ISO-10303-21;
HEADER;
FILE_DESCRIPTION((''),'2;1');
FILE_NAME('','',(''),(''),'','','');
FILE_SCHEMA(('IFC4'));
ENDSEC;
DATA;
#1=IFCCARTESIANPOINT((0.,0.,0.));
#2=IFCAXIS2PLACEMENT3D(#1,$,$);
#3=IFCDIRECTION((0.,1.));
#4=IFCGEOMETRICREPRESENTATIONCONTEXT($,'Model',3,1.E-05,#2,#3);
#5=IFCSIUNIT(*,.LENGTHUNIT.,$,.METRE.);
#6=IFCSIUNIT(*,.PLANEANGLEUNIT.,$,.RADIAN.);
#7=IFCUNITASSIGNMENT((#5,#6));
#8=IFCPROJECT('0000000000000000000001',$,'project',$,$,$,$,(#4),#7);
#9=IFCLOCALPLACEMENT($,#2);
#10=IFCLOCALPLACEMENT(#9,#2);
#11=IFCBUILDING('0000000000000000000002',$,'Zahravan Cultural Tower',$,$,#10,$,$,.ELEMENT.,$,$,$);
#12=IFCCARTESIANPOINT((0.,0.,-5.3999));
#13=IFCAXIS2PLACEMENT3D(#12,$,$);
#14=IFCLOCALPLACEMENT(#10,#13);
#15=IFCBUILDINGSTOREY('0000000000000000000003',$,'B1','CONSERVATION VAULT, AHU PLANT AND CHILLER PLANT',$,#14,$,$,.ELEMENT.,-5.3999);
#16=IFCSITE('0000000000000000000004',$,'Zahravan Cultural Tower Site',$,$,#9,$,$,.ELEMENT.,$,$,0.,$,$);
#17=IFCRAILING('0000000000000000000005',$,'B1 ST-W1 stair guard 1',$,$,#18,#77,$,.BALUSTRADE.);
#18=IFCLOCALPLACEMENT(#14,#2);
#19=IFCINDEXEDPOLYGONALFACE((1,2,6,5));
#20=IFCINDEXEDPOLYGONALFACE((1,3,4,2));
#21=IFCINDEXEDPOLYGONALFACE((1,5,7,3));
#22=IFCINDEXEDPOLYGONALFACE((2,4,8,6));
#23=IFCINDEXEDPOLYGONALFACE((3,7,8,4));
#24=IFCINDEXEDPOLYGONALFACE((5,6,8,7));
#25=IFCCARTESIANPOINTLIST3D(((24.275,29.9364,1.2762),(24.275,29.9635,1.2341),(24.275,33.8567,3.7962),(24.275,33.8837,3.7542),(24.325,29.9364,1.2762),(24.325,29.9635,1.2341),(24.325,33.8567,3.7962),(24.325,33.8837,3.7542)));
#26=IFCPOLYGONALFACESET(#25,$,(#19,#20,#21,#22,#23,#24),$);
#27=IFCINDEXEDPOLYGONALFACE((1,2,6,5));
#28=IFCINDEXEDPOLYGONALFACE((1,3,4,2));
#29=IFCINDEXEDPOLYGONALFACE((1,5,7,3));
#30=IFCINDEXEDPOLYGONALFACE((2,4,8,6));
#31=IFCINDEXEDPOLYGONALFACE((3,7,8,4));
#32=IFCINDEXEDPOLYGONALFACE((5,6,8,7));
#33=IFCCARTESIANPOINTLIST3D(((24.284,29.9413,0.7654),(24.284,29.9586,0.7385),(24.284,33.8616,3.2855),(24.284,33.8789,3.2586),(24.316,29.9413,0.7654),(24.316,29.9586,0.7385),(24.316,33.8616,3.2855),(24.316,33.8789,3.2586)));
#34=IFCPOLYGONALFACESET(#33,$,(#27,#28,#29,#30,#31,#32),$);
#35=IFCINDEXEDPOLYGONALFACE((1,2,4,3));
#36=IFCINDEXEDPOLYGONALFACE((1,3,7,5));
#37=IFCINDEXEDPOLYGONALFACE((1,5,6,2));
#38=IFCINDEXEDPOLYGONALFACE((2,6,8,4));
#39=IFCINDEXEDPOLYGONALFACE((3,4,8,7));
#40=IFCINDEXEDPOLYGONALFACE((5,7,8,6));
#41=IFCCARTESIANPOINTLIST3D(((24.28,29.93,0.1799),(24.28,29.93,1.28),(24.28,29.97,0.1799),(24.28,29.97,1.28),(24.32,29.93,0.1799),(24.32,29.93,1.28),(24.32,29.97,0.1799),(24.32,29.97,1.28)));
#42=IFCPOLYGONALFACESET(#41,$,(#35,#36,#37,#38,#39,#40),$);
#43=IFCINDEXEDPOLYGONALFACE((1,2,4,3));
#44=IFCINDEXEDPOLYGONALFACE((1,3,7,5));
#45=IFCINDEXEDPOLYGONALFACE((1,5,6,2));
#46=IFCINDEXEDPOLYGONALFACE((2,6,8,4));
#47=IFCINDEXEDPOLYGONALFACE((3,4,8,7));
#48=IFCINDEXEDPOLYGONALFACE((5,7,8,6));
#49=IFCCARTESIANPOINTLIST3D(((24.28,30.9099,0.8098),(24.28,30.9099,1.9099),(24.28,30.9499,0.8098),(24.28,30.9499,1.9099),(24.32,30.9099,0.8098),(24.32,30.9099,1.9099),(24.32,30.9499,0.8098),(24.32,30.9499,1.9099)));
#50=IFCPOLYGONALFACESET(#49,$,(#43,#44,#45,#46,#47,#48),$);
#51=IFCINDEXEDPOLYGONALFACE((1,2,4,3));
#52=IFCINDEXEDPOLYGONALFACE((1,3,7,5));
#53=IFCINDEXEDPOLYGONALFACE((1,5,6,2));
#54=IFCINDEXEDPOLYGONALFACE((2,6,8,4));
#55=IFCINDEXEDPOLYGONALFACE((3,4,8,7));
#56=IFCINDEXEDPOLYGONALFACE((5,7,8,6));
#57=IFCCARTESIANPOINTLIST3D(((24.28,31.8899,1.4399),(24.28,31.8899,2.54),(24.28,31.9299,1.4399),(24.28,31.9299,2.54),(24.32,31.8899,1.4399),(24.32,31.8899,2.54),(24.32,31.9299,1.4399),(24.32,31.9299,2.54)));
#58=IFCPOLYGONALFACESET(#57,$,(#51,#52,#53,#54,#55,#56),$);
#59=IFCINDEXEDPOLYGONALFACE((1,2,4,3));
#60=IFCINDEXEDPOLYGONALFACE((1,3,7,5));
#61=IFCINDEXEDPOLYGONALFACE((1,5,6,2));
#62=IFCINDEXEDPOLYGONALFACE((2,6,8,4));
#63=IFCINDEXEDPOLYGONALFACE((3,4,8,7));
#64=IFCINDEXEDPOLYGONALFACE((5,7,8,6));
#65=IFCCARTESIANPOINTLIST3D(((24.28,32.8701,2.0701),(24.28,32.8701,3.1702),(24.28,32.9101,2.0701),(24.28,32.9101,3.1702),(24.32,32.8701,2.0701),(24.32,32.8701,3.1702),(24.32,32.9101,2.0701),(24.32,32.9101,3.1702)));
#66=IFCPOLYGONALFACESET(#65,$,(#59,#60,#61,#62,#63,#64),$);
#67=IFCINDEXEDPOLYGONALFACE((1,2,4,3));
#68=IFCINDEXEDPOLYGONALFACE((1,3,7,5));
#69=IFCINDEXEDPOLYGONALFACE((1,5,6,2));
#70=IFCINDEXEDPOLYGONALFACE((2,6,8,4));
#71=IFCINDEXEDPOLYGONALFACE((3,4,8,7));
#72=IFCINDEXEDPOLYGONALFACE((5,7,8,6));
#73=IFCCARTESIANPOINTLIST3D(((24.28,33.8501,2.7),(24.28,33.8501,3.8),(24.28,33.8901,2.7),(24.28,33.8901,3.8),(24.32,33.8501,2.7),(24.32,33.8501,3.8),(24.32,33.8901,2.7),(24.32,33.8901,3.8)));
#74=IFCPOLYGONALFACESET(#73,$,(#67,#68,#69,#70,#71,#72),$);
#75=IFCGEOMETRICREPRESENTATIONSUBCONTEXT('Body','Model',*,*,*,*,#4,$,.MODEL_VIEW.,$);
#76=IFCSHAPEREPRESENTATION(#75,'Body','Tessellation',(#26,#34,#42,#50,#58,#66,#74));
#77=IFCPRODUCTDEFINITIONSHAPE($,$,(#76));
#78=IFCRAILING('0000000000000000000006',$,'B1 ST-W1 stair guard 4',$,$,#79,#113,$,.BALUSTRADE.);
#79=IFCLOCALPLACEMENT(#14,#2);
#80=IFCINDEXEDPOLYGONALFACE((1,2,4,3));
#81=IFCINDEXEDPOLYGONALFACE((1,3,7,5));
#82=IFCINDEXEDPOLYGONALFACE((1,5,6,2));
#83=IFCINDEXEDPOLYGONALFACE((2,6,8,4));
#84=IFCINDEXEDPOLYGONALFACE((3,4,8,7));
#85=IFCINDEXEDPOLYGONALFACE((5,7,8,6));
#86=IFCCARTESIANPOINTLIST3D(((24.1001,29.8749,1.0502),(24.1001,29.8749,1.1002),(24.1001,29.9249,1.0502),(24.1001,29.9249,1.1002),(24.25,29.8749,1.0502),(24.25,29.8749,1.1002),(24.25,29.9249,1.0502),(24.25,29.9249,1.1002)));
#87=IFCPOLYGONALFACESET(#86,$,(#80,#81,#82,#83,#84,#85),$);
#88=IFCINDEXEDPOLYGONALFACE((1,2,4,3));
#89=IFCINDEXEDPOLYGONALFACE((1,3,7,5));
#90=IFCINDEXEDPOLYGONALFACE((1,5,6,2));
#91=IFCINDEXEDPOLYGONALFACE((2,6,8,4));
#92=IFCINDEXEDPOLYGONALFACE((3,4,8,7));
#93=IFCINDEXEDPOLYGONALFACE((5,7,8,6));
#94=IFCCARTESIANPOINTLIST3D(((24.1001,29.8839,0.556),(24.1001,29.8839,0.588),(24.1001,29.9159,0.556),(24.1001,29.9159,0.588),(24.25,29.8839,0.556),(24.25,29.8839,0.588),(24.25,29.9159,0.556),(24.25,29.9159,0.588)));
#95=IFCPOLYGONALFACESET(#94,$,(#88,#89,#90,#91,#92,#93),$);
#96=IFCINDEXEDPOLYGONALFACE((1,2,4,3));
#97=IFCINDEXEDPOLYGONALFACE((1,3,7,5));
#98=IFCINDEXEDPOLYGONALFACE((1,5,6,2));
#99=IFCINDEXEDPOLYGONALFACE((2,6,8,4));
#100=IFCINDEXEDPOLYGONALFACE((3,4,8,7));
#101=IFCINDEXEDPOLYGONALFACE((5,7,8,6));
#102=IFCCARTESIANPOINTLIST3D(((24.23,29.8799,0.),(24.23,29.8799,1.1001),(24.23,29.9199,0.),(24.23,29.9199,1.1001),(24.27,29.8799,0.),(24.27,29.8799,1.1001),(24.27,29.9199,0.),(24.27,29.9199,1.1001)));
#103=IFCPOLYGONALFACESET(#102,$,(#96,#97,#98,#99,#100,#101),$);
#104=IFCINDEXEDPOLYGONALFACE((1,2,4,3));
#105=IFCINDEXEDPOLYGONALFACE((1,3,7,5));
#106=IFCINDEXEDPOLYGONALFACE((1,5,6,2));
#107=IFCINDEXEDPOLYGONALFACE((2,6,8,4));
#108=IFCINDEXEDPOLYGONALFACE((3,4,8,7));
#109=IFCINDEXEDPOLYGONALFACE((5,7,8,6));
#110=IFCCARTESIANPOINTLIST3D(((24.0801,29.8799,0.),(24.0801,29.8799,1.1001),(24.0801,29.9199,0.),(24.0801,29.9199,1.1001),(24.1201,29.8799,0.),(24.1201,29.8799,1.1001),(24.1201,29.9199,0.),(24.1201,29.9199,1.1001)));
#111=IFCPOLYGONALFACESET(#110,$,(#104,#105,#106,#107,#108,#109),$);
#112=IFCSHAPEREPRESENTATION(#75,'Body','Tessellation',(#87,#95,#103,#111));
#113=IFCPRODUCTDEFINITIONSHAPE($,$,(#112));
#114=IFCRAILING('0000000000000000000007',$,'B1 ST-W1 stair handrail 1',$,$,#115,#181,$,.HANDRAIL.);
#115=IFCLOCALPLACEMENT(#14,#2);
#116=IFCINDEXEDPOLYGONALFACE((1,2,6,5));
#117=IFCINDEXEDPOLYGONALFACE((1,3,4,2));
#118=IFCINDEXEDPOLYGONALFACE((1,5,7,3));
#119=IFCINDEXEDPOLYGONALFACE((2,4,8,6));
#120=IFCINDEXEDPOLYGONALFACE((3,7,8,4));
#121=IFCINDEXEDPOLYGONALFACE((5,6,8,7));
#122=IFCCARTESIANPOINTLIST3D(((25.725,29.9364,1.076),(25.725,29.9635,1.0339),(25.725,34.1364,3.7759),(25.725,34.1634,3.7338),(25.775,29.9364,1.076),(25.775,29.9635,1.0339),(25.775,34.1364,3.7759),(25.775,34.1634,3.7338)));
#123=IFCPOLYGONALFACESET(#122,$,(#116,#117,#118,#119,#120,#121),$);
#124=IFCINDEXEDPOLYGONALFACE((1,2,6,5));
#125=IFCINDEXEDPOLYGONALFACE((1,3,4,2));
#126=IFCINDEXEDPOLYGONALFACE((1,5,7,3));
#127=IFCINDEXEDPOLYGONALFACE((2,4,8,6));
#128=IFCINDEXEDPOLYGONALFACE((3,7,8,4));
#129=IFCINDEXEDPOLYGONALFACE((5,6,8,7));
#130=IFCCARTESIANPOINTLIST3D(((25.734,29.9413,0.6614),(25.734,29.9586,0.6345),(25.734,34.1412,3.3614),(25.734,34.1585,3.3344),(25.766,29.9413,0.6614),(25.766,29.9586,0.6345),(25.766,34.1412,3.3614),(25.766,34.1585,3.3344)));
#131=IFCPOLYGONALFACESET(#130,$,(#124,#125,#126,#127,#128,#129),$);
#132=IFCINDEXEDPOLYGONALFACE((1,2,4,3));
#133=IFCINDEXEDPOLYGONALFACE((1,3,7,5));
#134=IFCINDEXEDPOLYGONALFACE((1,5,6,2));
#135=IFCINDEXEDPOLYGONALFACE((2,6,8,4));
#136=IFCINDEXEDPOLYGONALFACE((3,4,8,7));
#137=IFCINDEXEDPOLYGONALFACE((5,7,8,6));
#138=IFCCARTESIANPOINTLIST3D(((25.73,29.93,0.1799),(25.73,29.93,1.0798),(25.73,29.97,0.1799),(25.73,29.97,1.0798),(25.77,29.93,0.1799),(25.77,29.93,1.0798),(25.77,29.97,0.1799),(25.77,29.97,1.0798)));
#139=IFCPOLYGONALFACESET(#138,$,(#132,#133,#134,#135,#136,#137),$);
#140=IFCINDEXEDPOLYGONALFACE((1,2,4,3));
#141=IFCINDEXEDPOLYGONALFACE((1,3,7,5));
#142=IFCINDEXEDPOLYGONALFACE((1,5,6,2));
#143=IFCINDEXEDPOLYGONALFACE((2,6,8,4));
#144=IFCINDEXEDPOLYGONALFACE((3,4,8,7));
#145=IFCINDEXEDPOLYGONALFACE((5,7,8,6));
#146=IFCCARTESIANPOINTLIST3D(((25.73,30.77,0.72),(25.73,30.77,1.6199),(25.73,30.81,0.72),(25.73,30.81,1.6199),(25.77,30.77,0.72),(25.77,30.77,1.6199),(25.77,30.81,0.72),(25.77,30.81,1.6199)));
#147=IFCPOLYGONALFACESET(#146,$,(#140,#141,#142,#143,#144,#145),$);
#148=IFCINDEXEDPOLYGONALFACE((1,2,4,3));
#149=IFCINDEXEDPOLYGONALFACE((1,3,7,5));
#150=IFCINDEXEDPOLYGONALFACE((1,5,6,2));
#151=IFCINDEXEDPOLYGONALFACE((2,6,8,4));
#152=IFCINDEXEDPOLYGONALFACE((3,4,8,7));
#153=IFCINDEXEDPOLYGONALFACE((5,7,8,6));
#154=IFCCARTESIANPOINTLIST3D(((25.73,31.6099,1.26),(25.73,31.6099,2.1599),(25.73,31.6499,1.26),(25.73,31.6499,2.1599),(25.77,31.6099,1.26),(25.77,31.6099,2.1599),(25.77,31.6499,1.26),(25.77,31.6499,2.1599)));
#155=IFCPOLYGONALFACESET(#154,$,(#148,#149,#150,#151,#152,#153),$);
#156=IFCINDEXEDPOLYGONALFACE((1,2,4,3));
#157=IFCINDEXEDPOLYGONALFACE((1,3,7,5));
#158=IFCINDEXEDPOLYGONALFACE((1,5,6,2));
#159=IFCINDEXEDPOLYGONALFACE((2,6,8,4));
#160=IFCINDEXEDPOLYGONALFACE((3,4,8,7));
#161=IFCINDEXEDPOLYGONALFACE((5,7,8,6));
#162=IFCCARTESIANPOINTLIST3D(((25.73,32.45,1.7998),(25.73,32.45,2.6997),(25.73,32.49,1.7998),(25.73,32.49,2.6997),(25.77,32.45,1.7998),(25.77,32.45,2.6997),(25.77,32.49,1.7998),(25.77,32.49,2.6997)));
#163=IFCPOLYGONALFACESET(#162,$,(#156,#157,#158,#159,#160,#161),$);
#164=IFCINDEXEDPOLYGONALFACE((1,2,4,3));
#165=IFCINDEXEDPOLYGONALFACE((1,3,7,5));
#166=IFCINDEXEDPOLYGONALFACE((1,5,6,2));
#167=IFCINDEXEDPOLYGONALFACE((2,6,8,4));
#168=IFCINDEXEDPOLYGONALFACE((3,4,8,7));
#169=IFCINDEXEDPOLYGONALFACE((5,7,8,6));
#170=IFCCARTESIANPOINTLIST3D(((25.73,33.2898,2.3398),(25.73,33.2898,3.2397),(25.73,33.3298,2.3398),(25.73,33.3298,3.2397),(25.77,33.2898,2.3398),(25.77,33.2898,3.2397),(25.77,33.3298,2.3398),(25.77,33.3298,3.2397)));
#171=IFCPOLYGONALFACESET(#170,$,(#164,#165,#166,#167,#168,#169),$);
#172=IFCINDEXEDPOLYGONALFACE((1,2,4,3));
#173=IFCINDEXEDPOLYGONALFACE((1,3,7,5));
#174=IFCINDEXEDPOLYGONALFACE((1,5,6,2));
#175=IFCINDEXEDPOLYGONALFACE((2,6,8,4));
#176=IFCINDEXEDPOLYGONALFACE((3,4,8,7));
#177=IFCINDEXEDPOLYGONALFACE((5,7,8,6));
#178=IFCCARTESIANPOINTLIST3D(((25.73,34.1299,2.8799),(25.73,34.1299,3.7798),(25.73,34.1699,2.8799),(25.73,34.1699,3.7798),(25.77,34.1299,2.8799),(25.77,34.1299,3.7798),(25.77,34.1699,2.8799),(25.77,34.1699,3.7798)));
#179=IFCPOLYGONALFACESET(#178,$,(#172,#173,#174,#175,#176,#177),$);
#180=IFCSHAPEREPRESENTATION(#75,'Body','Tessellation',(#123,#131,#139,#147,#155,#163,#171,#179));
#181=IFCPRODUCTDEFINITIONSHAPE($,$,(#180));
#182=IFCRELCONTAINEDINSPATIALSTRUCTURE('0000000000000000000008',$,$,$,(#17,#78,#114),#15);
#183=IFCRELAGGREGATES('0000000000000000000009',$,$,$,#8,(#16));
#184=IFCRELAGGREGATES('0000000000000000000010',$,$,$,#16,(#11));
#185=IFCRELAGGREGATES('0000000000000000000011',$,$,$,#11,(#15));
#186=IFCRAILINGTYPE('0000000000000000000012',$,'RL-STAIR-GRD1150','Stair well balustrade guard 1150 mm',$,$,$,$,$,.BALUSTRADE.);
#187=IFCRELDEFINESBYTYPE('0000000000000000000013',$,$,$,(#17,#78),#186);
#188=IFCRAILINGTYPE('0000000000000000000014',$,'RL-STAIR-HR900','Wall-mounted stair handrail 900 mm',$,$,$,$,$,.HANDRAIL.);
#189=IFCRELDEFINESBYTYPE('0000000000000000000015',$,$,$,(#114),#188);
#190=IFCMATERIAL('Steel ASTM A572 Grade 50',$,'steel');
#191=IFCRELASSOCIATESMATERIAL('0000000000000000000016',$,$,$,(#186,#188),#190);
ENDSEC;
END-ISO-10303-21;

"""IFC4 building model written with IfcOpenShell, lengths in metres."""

from ifc_helpers import new_model, si_unit, direction, frame, origin, origin_2d, place, context, subcontext, project, spatial, rectangle, extrude, material, type_object, element, save


model = new_model("IFC4")

# Units and contexts
model_context = context("Model", 3, precision=1e-05, world=origin(), true_north=direction((0.0, 1.0)))
body_context = subcontext(model_context, "Body", "Model", "MODEL_VIEW")
ifc_project = project(units=[si_unit("LENGTHUNIT", "METRE"), si_unit("PLANEANGLEUNIT", "RADIAN")], contexts=[model_context])

# Site, building, storey
site_placement = place(None, origin())
site = spatial("IfcSite", under=ifc_project, at=site_placement, Name="Zahravan Cultural Tower Site", CompositionType="ELEMENT", RefElevation=0.0)
building_placement = place(site_placement, origin())
building = spatial("IfcBuilding", under=site, at=building_placement, Name="Zahravan Cultural Tower", CompositionType="ELEMENT")
storey_placement = place(building_placement, frame((0.0, 0.0, -5.3999)))
storey = spatial("IfcBuildingStorey", under=building, at=storey_placement, Name="B1", Description="CONSERVATION VAULT, AHU PLANT AND CHILLER PLANT", CompositionType="ELEMENT", Elevation=-5.3999)

# Shared definitions
ifc_material_1 = material(Name="Steel ASTM A572 Grade 50", Category="steel")

# Railings
railing_type_1 = type_object("IfcRailingType", Name="RL-STAIR-GRD1150", Description="Stair well balustrade guard 1150 mm", PredefinedType="BALUSTRADE", material=ifc_material_1)
railing_1_placement = place(storey_placement, frame((24.3, 29.95, 0.1799)))
element("IfcRailing", 1, at=railing_1_placement, inside=storey, type_object=railing_type_1, Name="B1 ST-W1 stair guard 1", PredefinedType="BALUSTRADE", context=body_context, shape_type="SweptSolid", body=[
    extrude(rectangle(XDim=0.05, YDim=0.05, at=origin_2d()), frame((0.0, 0.0, 1.0752), z_axis=(0.0, 0.841187, 0.540744), x_axis=(-1.0, 0.0, 0.0)), (0.0, 0.0, 1.0), 4.6604),
    extrude(rectangle(XDim=0.032, YDim=0.032, at=origin_2d()), frame((0.0, 0.0, 0.572), z_axis=(0.0, 0.841187, 0.540744), x_axis=(-1.0, 0.0, 0.0)), (0.0, 0.0, 1.0), 4.6604),
    extrude(rectangle(XDim=0.04, YDim=0.04, at=origin_2d()), origin(), (0.0, 0.0, 1.0), 1.1001),
    extrude(rectangle(XDim=0.04, YDim=0.04, at=origin_2d()), frame((0.0, 0.98, 0.6299)), (0.0, 0.0, 1.0), 1.1001),
    extrude(rectangle(XDim=0.04, YDim=0.04, at=origin_2d()), frame((0.0, 1.96, 1.26)), (0.0, 0.0, 1.0), 1.1001),
    extrude(rectangle(XDim=0.04, YDim=0.04, at=origin_2d()), frame((0.0, 2.9402, 1.8901)), (0.0, 0.0, 1.0), 1.1001),
    extrude(rectangle(XDim=0.04, YDim=0.04, at=origin_2d()), frame((0.0, 3.9202, 2.52)), (0.0, 0.0, 1.0), 1.1001),
])
railing_2_placement = place(storey_placement, frame((24.25, 29.8999, 0.0)))
element("IfcRailing", 2, at=railing_2_placement, inside=storey, type_object=railing_type_1, Name="B1 ST-W1 stair guard 4", PredefinedType="BALUSTRADE", context=body_context, shape_type="SweptSolid", body=[
    extrude(rectangle(XDim=0.05, YDim=0.05, at=origin_2d()), frame((0.0, 0.0, 1.0752), z_axis=(-1.0, 0.0, 0.0), x_axis=(0.0, -1.0, 0.0)), (0.0, 0.0, 1.0), 0.1499),
    extrude(rectangle(XDim=0.032, YDim=0.032, at=origin_2d()), frame((0.0, 0.0, 0.572), z_axis=(-1.0, 0.0, 0.0), x_axis=(0.0, -1.0, 0.0)), (0.0, 0.0, 1.0), 0.1499),
    extrude(rectangle(XDim=0.04, YDim=0.04, at=origin_2d()), origin(), (0.0, 0.0, 1.0), 1.1001),
    extrude(rectangle(XDim=0.04, YDim=0.04, at=origin_2d()), frame((-0.1499, 0.0, 0.0)), (0.0, 0.0, 1.0), 1.1001),
])
railing_type_2 = type_object("IfcRailingType", Name="RL-STAIR-HR900", Description="Wall-mounted stair handrail 900 mm", PredefinedType="HANDRAIL", material=ifc_material_1)
railing_3_placement = place(storey_placement, frame((25.75, 29.95, 0.1799)))
element("IfcRailing", 3, at=railing_3_placement, inside=storey, type_object=railing_type_2, Name="B1 ST-W1 stair handrail 1", PredefinedType="HANDRAIL", context=body_context, shape_type="SweptSolid", body=[
    extrude(rectangle(XDim=0.05, YDim=0.05, at=origin_2d()), frame((0.0, 0.0, 0.875), z_axis=(0.0, 0.84118, 0.540755), x_axis=(-1.0, 0.0, 0.0)), (0.0, 0.0, 1.0), 4.9929),
    extrude(rectangle(XDim=0.032, YDim=0.032, at=origin_2d()), frame((0.0, 0.0, 0.468), z_axis=(0.0, 0.84118, 0.540755), x_axis=(-1.0, 0.0, 0.0)), (0.0, 0.0, 1.0), 4.9929),
    extrude(rectangle(XDim=0.04, YDim=0.04, at=origin_2d()), origin(), (0.0, 0.0, 1.0), 0.8999),
    extrude(rectangle(XDim=0.04, YDim=0.04, at=origin_2d()), frame((0.0, 0.8401, 0.54)), (0.0, 0.0, 1.0), 0.8999),
    extrude(rectangle(XDim=0.04, YDim=0.04, at=origin_2d()), frame((0.0, 1.6799, 1.0801)), (0.0, 0.0, 1.0), 0.8999),
    extrude(rectangle(XDim=0.04, YDim=0.04, at=origin_2d()), frame((0.0, 2.52, 1.6199)), (0.0, 0.0, 1.0), 0.8999),
    extrude(rectangle(XDim=0.04, YDim=0.04, at=origin_2d()), frame((0.0, 3.3599, 2.1599)), (0.0, 0.0, 1.0), 0.8999),
    extrude(rectangle(XDim=0.04, YDim=0.04, at=origin_2d()), frame((0.0, 4.2, 2.7)), (0.0, 0.0, 1.0), 0.8999),
])

save(model, "model.ifc")
